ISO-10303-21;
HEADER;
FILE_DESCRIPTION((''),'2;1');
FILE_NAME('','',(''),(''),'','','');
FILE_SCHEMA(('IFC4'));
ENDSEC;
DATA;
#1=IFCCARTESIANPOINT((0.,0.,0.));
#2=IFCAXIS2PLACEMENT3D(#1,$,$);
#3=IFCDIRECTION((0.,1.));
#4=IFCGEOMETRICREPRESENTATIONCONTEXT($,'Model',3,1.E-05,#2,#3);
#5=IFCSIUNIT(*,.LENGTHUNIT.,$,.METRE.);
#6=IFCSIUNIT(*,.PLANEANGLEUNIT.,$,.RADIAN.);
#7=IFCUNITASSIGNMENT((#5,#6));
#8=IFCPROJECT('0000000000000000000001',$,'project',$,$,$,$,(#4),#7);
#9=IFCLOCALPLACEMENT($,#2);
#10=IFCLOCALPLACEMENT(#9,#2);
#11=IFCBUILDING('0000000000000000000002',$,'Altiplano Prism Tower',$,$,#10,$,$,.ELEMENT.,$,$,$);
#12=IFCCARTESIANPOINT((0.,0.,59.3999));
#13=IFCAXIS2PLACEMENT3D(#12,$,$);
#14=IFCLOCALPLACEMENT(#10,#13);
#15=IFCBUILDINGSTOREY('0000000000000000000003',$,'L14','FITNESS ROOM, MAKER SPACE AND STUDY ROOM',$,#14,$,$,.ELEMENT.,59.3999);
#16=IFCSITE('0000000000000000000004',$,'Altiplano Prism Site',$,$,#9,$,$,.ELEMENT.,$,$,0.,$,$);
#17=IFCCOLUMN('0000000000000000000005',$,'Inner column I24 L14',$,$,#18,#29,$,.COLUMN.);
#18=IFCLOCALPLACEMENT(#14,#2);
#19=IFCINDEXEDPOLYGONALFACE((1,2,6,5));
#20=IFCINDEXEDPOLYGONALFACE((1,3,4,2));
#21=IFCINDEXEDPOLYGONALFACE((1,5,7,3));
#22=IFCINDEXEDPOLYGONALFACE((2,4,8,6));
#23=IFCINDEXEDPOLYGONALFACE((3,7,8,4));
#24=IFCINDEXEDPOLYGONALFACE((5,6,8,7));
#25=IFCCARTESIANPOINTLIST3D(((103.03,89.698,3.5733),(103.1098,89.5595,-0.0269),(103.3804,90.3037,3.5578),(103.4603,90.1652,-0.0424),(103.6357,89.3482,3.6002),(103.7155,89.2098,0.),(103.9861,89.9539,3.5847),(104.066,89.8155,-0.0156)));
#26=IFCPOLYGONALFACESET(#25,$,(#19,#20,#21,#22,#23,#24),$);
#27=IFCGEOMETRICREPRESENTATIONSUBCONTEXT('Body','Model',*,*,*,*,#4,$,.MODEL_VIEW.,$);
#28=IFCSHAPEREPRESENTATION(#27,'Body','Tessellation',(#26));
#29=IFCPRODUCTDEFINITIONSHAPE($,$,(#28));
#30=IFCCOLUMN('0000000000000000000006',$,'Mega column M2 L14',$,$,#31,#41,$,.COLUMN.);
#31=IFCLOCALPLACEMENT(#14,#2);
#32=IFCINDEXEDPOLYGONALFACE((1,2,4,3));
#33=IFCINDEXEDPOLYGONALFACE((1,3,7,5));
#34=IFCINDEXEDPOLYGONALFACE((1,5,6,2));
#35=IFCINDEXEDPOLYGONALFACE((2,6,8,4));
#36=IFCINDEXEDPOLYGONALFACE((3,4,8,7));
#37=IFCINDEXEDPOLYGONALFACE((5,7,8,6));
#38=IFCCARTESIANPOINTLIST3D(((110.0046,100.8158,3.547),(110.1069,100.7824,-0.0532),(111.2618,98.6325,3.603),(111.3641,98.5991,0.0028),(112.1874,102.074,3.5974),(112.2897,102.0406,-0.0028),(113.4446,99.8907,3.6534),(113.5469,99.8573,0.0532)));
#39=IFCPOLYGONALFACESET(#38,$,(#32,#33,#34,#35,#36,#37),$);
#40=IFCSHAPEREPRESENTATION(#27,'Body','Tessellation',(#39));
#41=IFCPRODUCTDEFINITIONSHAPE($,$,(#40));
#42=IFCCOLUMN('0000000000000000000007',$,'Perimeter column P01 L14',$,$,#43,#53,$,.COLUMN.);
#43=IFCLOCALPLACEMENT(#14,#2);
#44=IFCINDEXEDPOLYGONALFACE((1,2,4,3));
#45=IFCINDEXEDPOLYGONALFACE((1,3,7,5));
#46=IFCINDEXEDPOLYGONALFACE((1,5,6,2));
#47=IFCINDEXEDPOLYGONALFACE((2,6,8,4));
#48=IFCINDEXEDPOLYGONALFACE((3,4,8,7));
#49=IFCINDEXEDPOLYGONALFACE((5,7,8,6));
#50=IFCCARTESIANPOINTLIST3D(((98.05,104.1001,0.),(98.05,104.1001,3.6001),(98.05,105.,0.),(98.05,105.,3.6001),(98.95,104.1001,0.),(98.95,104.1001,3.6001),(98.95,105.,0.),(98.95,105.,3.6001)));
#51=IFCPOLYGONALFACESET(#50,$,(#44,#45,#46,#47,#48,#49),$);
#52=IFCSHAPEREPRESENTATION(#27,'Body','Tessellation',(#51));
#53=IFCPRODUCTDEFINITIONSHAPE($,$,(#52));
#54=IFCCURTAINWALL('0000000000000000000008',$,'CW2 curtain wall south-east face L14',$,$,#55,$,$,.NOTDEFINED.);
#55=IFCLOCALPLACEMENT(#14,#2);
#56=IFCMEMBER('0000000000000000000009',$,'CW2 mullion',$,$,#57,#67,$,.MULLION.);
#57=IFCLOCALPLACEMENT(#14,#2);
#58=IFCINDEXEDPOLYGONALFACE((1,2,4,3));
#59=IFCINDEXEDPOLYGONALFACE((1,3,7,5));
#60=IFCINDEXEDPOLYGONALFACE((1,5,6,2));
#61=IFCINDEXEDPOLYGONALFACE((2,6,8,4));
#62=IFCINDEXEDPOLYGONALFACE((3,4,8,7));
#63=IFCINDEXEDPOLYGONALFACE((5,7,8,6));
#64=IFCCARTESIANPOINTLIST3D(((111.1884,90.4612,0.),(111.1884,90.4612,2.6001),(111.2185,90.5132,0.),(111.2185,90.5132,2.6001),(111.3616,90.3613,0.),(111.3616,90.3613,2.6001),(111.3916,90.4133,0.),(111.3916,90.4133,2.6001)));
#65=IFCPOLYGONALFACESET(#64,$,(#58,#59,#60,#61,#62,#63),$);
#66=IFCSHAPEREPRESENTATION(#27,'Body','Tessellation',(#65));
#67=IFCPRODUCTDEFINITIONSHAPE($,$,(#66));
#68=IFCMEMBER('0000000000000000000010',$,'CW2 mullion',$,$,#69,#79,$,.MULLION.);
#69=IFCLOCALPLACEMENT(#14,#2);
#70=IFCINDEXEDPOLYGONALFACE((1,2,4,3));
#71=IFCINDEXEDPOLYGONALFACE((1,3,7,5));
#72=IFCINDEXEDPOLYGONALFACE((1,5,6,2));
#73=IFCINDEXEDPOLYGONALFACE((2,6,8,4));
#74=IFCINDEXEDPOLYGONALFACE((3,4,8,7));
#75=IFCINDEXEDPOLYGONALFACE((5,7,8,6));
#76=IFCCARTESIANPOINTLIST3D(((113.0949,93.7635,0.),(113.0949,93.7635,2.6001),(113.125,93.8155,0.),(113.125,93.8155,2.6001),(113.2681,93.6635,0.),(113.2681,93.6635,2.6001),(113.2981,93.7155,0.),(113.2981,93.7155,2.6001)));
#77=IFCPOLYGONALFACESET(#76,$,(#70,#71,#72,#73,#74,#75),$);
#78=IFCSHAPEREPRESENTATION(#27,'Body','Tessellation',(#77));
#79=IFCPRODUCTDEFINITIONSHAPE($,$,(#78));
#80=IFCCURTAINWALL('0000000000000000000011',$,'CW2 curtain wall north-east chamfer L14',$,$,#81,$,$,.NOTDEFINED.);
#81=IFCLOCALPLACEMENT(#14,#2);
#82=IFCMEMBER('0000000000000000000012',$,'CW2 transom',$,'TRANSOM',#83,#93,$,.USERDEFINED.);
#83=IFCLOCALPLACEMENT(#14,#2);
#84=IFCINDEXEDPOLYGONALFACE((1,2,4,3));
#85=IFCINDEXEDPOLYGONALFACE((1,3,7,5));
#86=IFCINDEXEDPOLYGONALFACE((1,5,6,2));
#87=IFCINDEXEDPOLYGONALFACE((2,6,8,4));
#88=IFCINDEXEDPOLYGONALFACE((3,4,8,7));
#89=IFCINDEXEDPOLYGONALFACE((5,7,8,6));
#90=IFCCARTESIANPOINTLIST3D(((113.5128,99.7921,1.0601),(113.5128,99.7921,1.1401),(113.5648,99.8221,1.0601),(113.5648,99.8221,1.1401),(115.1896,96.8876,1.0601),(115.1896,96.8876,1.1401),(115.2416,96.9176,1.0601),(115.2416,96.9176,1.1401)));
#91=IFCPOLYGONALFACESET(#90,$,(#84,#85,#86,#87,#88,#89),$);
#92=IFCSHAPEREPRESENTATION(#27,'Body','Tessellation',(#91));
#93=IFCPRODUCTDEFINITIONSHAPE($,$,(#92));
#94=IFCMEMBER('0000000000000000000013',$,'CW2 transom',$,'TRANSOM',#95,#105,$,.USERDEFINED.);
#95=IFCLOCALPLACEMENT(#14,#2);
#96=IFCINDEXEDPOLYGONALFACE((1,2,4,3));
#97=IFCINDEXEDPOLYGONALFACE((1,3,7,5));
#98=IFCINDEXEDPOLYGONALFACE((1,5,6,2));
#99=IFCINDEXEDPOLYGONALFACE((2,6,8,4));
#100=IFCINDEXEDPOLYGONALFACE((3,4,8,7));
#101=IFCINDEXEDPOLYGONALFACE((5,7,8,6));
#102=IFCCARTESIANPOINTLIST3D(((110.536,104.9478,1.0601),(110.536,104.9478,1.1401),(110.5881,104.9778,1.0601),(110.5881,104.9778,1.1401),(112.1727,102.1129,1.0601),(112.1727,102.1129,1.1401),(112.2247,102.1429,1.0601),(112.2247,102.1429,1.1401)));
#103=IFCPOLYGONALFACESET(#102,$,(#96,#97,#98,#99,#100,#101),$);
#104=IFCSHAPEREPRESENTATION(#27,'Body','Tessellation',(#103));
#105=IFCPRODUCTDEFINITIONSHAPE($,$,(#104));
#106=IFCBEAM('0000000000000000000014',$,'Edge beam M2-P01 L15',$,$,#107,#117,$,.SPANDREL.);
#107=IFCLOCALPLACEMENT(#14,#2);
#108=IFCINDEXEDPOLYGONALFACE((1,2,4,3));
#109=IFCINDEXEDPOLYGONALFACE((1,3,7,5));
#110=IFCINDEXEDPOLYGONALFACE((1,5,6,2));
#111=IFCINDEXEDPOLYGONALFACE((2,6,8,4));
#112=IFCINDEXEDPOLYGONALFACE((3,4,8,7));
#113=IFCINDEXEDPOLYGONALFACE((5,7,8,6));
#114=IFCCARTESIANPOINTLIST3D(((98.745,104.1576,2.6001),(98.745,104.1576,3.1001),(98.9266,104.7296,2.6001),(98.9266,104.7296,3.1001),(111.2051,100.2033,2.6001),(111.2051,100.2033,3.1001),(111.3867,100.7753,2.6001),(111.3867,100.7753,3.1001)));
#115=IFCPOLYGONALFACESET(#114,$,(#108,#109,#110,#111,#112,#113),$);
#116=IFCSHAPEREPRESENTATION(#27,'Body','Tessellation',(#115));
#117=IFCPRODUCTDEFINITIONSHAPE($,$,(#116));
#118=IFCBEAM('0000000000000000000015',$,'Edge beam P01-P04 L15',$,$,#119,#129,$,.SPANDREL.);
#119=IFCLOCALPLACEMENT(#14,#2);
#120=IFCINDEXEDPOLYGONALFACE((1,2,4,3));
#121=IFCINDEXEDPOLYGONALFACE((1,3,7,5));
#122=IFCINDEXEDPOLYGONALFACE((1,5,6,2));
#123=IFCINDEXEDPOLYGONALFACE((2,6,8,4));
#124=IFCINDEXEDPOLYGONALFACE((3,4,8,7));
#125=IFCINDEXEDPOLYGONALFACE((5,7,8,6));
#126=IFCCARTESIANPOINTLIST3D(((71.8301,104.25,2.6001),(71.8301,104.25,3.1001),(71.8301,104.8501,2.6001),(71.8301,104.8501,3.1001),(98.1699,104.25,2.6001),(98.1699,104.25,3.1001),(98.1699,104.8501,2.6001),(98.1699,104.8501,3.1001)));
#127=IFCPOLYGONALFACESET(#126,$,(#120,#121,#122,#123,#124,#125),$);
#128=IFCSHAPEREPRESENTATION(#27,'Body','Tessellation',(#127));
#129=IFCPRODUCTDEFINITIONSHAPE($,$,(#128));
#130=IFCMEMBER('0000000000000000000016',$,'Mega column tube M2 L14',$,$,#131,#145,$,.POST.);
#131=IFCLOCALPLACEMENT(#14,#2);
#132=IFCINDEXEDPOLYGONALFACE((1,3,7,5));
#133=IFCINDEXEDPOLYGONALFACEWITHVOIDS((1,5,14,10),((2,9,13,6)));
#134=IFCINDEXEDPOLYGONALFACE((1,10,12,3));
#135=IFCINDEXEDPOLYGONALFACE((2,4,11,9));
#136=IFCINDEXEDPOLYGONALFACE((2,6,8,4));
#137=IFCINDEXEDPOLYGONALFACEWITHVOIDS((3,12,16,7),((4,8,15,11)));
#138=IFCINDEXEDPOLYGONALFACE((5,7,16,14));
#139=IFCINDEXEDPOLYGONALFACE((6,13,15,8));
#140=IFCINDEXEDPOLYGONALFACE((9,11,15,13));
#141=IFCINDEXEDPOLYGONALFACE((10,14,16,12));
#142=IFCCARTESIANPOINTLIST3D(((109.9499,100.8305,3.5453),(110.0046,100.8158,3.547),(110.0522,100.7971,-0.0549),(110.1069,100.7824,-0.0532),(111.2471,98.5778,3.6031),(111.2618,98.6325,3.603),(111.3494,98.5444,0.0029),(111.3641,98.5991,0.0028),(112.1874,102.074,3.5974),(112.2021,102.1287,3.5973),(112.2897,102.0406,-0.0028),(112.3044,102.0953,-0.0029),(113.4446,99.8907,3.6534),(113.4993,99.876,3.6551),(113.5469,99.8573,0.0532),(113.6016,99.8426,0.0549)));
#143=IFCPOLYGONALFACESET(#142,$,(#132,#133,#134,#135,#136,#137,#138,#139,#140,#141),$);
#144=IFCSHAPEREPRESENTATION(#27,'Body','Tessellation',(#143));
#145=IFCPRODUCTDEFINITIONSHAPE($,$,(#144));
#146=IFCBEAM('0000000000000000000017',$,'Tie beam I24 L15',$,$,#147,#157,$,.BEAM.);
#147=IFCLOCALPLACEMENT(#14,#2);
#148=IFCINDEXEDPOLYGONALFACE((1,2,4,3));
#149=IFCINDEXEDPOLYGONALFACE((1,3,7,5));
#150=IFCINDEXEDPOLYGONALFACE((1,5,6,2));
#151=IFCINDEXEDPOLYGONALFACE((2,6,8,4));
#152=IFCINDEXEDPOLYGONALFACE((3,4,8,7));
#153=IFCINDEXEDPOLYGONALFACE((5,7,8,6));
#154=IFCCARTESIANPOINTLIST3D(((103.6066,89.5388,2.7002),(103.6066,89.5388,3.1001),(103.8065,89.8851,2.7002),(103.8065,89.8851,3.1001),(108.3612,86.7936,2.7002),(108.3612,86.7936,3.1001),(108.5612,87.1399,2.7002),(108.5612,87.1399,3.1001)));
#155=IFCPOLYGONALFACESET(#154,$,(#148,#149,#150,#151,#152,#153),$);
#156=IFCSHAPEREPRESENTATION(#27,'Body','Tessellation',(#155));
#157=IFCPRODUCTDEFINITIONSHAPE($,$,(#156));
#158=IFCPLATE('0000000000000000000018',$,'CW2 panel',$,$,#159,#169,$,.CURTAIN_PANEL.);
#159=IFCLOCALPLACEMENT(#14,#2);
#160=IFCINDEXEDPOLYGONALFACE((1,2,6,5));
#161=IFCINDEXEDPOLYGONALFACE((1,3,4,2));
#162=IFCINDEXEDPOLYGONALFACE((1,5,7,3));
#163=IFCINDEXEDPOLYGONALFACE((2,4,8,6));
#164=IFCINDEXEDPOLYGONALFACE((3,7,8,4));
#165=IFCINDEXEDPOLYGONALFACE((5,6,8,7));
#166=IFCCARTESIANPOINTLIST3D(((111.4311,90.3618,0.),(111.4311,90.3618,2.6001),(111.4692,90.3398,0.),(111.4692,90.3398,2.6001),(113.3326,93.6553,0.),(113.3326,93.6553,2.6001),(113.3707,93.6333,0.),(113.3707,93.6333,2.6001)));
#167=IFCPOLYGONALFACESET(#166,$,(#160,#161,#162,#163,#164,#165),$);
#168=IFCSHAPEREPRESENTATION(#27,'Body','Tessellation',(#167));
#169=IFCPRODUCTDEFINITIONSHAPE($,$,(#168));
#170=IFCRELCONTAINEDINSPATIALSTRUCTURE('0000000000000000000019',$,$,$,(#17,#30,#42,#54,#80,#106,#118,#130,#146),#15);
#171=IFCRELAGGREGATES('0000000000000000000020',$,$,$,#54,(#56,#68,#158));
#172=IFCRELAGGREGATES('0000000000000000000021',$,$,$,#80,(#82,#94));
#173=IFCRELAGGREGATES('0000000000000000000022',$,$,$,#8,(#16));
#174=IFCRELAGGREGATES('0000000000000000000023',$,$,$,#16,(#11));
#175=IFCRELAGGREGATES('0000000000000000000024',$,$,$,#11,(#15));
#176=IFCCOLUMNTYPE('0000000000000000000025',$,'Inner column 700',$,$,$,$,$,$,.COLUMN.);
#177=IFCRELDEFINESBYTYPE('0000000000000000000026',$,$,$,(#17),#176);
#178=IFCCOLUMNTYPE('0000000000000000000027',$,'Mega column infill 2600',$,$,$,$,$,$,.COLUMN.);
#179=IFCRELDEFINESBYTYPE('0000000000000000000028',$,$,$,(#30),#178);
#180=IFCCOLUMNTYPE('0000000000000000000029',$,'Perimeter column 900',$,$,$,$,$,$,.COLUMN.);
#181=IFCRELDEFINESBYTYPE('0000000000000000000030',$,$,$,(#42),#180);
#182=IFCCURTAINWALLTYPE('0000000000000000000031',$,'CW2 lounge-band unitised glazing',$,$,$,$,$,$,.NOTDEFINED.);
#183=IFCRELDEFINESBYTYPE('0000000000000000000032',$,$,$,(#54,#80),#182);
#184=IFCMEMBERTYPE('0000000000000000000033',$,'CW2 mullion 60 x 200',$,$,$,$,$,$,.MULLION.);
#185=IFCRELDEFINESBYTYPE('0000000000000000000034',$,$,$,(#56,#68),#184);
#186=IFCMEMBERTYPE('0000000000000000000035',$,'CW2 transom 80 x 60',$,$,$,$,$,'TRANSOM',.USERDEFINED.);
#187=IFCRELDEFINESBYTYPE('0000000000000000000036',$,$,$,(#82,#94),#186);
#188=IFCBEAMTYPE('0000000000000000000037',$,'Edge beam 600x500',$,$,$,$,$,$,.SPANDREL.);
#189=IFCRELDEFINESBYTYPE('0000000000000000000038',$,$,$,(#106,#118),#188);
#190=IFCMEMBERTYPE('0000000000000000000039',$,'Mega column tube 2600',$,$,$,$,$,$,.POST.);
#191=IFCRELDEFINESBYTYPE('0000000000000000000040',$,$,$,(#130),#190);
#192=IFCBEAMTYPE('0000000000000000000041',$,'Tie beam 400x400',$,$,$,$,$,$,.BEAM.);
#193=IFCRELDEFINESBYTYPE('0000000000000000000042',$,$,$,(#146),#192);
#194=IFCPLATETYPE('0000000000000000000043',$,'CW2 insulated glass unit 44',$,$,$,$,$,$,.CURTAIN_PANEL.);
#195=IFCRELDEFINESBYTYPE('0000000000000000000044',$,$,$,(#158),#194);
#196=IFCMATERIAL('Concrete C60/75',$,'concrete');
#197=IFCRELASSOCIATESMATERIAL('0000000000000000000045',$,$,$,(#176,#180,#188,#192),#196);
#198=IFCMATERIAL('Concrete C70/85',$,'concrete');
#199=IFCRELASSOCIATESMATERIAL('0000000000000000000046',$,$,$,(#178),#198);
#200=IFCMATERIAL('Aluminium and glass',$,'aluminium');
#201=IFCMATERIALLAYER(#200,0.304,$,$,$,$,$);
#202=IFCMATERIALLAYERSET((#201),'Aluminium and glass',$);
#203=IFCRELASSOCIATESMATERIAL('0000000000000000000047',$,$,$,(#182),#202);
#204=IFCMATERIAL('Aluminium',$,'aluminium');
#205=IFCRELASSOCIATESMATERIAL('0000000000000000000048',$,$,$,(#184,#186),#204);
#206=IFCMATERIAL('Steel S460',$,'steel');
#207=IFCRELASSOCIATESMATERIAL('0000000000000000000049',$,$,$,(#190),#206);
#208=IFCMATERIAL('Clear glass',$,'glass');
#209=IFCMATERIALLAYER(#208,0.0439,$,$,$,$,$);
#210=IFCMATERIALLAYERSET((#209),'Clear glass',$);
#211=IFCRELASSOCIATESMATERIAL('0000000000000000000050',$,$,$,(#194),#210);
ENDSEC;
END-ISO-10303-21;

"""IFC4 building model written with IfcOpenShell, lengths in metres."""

from ifc_helpers import new_model, si_unit, direction, frame, origin, origin_2d, place, context, subcontext, project, spatial, rectangle, hollow_rectangle, extrude, material, layer, layer_set, material_profile, profile_set, type_object, element, aggregate, save


model = new_model("IFC4")

# Units and contexts
model_context = context("Model", 3, precision=1e-05, world=origin(), true_north=direction((0.0, 1.0)))
body_context = subcontext(model_context, "Body", "Model", "MODEL_VIEW")
ifc_project = project(units=[si_unit("LENGTHUNIT", "METRE"), si_unit("PLANEANGLEUNIT", "RADIAN")], contexts=[model_context])

# Site, building, storey
site_placement = place(None, origin())
site = spatial("IfcSite", under=ifc_project, at=site_placement, Name="Altiplano Prism Site", CompositionType="ELEMENT", RefElevation=0.0)
building_placement = place(site_placement, origin())
building = spatial("IfcBuilding", under=site, at=building_placement, Name="Altiplano Prism Tower", CompositionType="ELEMENT")
storey_placement = place(building_placement, frame((0.0, 0.0, 59.3999)))
storey = spatial("IfcBuildingStorey", under=building, at=storey_placement, Name="L14", Description="FITNESS ROOM, MAKER SPACE AND STUDY ROOM", CompositionType="ELEMENT", Elevation=59.3999)

# Columns
ifc_material_1 = material(Name="Concrete C60/75", Category="concrete")
ifc_material_profile_1 = material_profile(ifc_material_1, rectangle(XDim=0.7, YDim=0.7, at=origin_2d()), Name="Inner column 700")
ifc_profile_set_1 = profile_set([ifc_material_profile_1], Name="Concrete C60/75")
column_type_1 = type_object("IfcColumnType", Name="Inner column 700", PredefinedType="COLUMN", material=ifc_profile_set_1)
column_1_placement = place(storey_placement, frame((103.5879, 89.6875, -0.0212), z_axis=(-0.022154, 0.038413, 0.999016), x_axis=(-0.500657, -0.865362, 0.022172)))
element("IfcColumn", 1, at=column_1_placement, inside=storey, type_object=column_type_1, Name="Inner column I24 L14", PredefinedType="COLUMN", context=body_context, shape_type="SweptSolid", body=[
    extrude(rectangle(XDim=0.7, YDim=0.7, at=origin_2d()), origin(), (0.0, 0.0, 1.0), 3.6038),
])
ifc_material_2 = material(Name="Concrete C70/85", Category="concrete")
ifc_material_profile_2 = material_profile(ifc_material_2, rectangle(XDim=2.52, YDim=2.52, at=origin_2d()), Name="Mega column infill 2600")
ifc_profile_set_2 = profile_set([ifc_material_profile_2], Name="Concrete C70/85")
column_type_2 = type_object("IfcColumnType", Name="Mega column infill 2600", PredefinedType="COLUMN", material=ifc_profile_set_2)
column_2_placement = place(storey_placement, frame((111.8269, 100.3198, 0.0), z_axis=(-0.028402, 0.009287, 0.999553), x_axis=(0.498886, -0.866382, 0.022225)))
element("IfcColumn", 2, at=column_2_placement, inside=storey, type_object=column_type_2, Name="Mega column M2 L14", PredefinedType="COLUMN", context=body_context, shape_type="SweptSolid", body=[
    extrude(rectangle(XDim=2.52, YDim=2.52, at=origin_2d()), origin(), (0.0, 0.0, 1.0), 3.6018),
])
ifc_material_profile_3 = material_profile(ifc_material_1, rectangle(XDim=0.8999, YDim=0.8999, at=origin_2d()), Name="Perimeter column 900")
ifc_profile_set_3 = profile_set([ifc_material_profile_3], Name="Concrete C60/75")
column_type_3 = type_object("IfcColumnType", Name="Perimeter column 900", PredefinedType="COLUMN", material=ifc_profile_set_3)
column_3_placement = place(storey_placement, frame((98.5, 104.55, 0.0), z_axis=(0.0, 0.0, 1.0), x_axis=(1.0, 0.0, 0.0)))
element("IfcColumn", 3, at=column_3_placement, inside=storey, type_object=column_type_3, Name="Perimeter column P01 L14", PredefinedType="COLUMN", context=body_context, shape_type="SweptSolid", body=[
    extrude(rectangle(XDim=0.8999, YDim=0.8999, at=origin_2d()), origin(), (0.0, 0.0, 1.0), 3.6001),
])

# Curtain walls, members
ifc_material_3 = material(Name="Aluminium and glass", Category="aluminium")
ifc_layer_1 = layer(ifc_material_3, 0.304)
ifc_layer_set_1 = layer_set([ifc_layer_1], Name="Aluminium and glass")
curtain_wall_type = type_object("IfcCurtainWallType", Name="CW2 lounge-band unitised glazing", PredefinedType="NOTDEFINED", material=ifc_layer_set_1)
curtain_wall_1_placement = place(storey_placement, origin())
curtain_wall_1 = element("IfcCurtainWall", 4, at=curtain_wall_1_placement, inside=storey, type_object=curtain_wall_type, Name="CW2 curtain wall south-east face L14", PredefinedType="NOTDEFINED")
ifc_material_4 = material(Name="Aluminium", Category="aluminium")
ifc_material_profile_4 = material_profile(ifc_material_4, rectangle(XDim=0.2, YDim=0.0601, at=origin_2d()), Name="CW2 mullion 60 x 200")
ifc_profile_set_4 = profile_set([ifc_material_profile_4], Name="Aluminium")
member_type_1 = type_object("IfcMemberType", Name="CW2 mullion 60 x 200", PredefinedType="MULLION", material=ifc_profile_set_4)
member_1_placement = place(storey_placement, frame((111.29, 90.4373, 0.0), z_axis=(0.0, 0.0, 1.0), x_axis=(-0.866025, 0.5, 0.0)))
member_1 = element("IfcMember", 5, at=member_1_placement, type_object=member_type_1, Name="CW2 mullion", PredefinedType="MULLION", context=body_context, shape_type="SweptSolid", body=[
    extrude(rectangle(XDim=0.2, YDim=0.0601, at=origin_2d()), origin(), (0.0, 0.0, 1.0), 2.6001),
])
member_2_placement = place(storey_placement, frame((113.1965, 93.7395, 0.0), z_axis=(0.0, 0.0, 1.0), x_axis=(-0.866025, 0.5, 0.0)))
member_2 = element("IfcMember", 6, at=member_2_placement, type_object=member_type_1, Name="CW2 mullion", PredefinedType="MULLION", context=body_context, shape_type="SweptSolid", body=[
    extrude(rectangle(XDim=0.2, YDim=0.0601, at=origin_2d()), origin(), (0.0, 0.0, 1.0), 2.6001),
])
curtain_wall_2_placement = place(storey_placement, origin())
curtain_wall_2 = element("IfcCurtainWall", 7, at=curtain_wall_2_placement, inside=storey, type_object=curtain_wall_type, Name="CW2 curtain wall north-east chamfer L14", PredefinedType="NOTDEFINED")
ifc_material_profile_5 = material_profile(ifc_material_4, rectangle(XDim=0.0601, YDim=0.0801, at=origin_2d()), Name="CW2 transom 80 x 60")
ifc_profile_set_5 = profile_set([ifc_material_profile_5], Name="Aluminium")
member_type_2 = type_object("IfcMemberType", Name="CW2 transom 80 x 60", ElementType="TRANSOM", PredefinedType="USERDEFINED", material=ifc_profile_set_5)
member_3_placement = place(storey_placement, frame((115.2156, 96.9026, 1.1001), z_axis=(-0.49996, 0.866049, 0.0), x_axis=(-0.866049, -0.49996, 0.0)))
member_3 = element("IfcMember", 8, at=member_3_placement, type_object=member_type_2, Name="CW2 transom", ObjectType="TRANSOM", PredefinedType="USERDEFINED", context=body_context, shape_type="SweptSolid", body=[
    extrude(rectangle(XDim=0.0601, YDim=0.0801, at=origin_2d()), origin(), (0.0, 0.0, 1.0), 3.3538),
])
member_4_placement = place(storey_placement, frame((112.1987, 102.1279, 1.1001), z_axis=(-0.499989, 0.866032, 0.0), x_axis=(-0.866032, -0.499989, 0.0)))
member_4 = element("IfcMember", 9, at=member_4_placement, type_object=member_type_2, Name="CW2 transom", ObjectType="TRANSOM", PredefinedType="USERDEFINED", context=body_context, shape_type="SweptSolid", body=[
    extrude(rectangle(XDim=0.0601, YDim=0.0801, at=origin_2d()), origin(), (0.0, 0.0, 1.0), 3.2734),
])

# Beams
ifc_material_profile_6 = material_profile(ifc_material_1, rectangle(XDim=0.6001, YDim=0.5, at=origin_2d()), Name="Edge beam 600x500")
ifc_profile_set_6 = profile_set([ifc_material_profile_6], Name="Concrete C60/75")
beam_type_1 = type_object("IfcBeamType", Name="Edge beam 600x500", PredefinedType="SPANDREL", material=ifc_profile_set_6)
beam_1_placement = place(storey_placement, frame((111.2959, 100.4893, 2.8501), z_axis=(-0.953152, 0.302491, 0.0), x_axis=(-0.302491, -0.953152, 0.0)))
element("IfcBeam", 10, at=beam_1_placement, inside=storey, type_object=beam_type_1, Name="Edge beam M2-P01 L15", PredefinedType="SPANDREL", context=body_context, shape_type="SweptSolid", body=[
    extrude(rectangle(XDim=0.6001, YDim=0.5, at=origin_2d()), origin(), (0.0, 0.0, 1.0), 13.0725),
])
beam_2_placement = place(storey_placement, frame((98.1699, 104.55, 2.8501), z_axis=(-1.0, 0.0, 0.0), x_axis=(0.0, -1.0, 0.0)))
element("IfcBeam", 11, at=beam_2_placement, inside=storey, type_object=beam_type_1, Name="Edge beam P01-P04 L15", PredefinedType="SPANDREL", context=body_context, shape_type="SweptSolid", body=[
    extrude(rectangle(XDim=0.6001, YDim=0.5, at=origin_2d()), origin(), (0.0, 0.0, 1.0), 26.3398),
])

# Member
ifc_material_5 = material(Name="Steel S460", Category="steel")
ifc_material_profile_7 = material_profile(ifc_material_5, hollow_rectangle(XDim=2.6001, YDim=2.6001, WallThickness=0.04, at=origin_2d()), Name="Mega column tube 2600")
ifc_profile_set_7 = profile_set([ifc_material_profile_7], Name="Steel S460")
member_type_3 = type_object("IfcMemberType", Name="Mega column tube 2600", PredefinedType="POST", material=ifc_profile_set_7)
member_5_placement = place(storey_placement, frame((111.8269, 100.3198, 0.0), z_axis=(-0.028402, 0.009287, 0.999553), x_axis=(0.498886, -0.866382, 0.022225)))
element("IfcMember", 12, at=member_5_placement, inside=storey, type_object=member_type_3, Name="Mega column tube M2 L14", PredefinedType="POST", context=body_context, shape_type="SweptSolid", body=[
    extrude(hollow_rectangle(XDim=2.6001, YDim=2.6001, WallThickness=0.04, at=origin_2d()), origin(), (0.0, 0.0, 1.0), 3.6018),
])

# Beam
ifc_material_profile_8 = material_profile(ifc_material_1, rectangle(XDim=0.3999, YDim=0.3999, at=origin_2d()), Name="Tie beam 400x400")
ifc_profile_set_8 = profile_set([ifc_material_profile_8], Name="Concrete C60/75")
beam_type_2 = type_object("IfcBeamType", Name="Tie beam 400x400", PredefinedType="BEAM", material=ifc_profile_set_8)
beam_3_placement = place(storey_placement, frame((103.7065, 89.7119, 2.9001), z_axis=(0.866023, -0.500003, 0.0), x_axis=(0.500003, 0.866023, 0.0)))
element("IfcBeam", 13, at=beam_3_placement, inside=storey, type_object=beam_type_2, Name="Tie beam I24 L15", PredefinedType="BEAM", context=body_context, shape_type="SweptSolid", body=[
    extrude(rectangle(XDim=0.3999, YDim=0.3999, at=origin_2d()), origin(), (0.0, 0.0, 1.0), 5.4902),
])

# Plate
ifc_material_6 = material(Name="Clear glass", Category="glass")
ifc_layer_2 = layer(ifc_material_6, 0.0439)
ifc_layer_set_2 = layer_set([ifc_layer_2], Name="Clear glass")
plate_type = type_object("IfcPlateType", Name="CW2 insulated glass unit 44", PredefinedType="CURTAIN_PANEL", material=ifc_layer_set_2)
plate_1_placement = place(storey_placement, frame((112.4009, 91.9976, 0.0), z_axis=(0.0, 0.0, 1.0), x_axis=(0.5, 0.866025, 0.0)))
plate_1 = element("IfcPlate", 14, at=plate_1_placement, type_object=plate_type, Name="CW2 panel", PredefinedType="CURTAIN_PANEL", context=body_context, shape_type="SweptSolid", body=[
    extrude(rectangle(XDim=3.803, YDim=0.0439, at=origin_2d()), origin(), (0.0, 0.0, 1.0), 2.6001),
])
aggregate(curtain_wall_1, [member_1, member_2, plate_1])
aggregate(curtain_wall_2, [member_3, member_4])

save(model, "model.ifc")
